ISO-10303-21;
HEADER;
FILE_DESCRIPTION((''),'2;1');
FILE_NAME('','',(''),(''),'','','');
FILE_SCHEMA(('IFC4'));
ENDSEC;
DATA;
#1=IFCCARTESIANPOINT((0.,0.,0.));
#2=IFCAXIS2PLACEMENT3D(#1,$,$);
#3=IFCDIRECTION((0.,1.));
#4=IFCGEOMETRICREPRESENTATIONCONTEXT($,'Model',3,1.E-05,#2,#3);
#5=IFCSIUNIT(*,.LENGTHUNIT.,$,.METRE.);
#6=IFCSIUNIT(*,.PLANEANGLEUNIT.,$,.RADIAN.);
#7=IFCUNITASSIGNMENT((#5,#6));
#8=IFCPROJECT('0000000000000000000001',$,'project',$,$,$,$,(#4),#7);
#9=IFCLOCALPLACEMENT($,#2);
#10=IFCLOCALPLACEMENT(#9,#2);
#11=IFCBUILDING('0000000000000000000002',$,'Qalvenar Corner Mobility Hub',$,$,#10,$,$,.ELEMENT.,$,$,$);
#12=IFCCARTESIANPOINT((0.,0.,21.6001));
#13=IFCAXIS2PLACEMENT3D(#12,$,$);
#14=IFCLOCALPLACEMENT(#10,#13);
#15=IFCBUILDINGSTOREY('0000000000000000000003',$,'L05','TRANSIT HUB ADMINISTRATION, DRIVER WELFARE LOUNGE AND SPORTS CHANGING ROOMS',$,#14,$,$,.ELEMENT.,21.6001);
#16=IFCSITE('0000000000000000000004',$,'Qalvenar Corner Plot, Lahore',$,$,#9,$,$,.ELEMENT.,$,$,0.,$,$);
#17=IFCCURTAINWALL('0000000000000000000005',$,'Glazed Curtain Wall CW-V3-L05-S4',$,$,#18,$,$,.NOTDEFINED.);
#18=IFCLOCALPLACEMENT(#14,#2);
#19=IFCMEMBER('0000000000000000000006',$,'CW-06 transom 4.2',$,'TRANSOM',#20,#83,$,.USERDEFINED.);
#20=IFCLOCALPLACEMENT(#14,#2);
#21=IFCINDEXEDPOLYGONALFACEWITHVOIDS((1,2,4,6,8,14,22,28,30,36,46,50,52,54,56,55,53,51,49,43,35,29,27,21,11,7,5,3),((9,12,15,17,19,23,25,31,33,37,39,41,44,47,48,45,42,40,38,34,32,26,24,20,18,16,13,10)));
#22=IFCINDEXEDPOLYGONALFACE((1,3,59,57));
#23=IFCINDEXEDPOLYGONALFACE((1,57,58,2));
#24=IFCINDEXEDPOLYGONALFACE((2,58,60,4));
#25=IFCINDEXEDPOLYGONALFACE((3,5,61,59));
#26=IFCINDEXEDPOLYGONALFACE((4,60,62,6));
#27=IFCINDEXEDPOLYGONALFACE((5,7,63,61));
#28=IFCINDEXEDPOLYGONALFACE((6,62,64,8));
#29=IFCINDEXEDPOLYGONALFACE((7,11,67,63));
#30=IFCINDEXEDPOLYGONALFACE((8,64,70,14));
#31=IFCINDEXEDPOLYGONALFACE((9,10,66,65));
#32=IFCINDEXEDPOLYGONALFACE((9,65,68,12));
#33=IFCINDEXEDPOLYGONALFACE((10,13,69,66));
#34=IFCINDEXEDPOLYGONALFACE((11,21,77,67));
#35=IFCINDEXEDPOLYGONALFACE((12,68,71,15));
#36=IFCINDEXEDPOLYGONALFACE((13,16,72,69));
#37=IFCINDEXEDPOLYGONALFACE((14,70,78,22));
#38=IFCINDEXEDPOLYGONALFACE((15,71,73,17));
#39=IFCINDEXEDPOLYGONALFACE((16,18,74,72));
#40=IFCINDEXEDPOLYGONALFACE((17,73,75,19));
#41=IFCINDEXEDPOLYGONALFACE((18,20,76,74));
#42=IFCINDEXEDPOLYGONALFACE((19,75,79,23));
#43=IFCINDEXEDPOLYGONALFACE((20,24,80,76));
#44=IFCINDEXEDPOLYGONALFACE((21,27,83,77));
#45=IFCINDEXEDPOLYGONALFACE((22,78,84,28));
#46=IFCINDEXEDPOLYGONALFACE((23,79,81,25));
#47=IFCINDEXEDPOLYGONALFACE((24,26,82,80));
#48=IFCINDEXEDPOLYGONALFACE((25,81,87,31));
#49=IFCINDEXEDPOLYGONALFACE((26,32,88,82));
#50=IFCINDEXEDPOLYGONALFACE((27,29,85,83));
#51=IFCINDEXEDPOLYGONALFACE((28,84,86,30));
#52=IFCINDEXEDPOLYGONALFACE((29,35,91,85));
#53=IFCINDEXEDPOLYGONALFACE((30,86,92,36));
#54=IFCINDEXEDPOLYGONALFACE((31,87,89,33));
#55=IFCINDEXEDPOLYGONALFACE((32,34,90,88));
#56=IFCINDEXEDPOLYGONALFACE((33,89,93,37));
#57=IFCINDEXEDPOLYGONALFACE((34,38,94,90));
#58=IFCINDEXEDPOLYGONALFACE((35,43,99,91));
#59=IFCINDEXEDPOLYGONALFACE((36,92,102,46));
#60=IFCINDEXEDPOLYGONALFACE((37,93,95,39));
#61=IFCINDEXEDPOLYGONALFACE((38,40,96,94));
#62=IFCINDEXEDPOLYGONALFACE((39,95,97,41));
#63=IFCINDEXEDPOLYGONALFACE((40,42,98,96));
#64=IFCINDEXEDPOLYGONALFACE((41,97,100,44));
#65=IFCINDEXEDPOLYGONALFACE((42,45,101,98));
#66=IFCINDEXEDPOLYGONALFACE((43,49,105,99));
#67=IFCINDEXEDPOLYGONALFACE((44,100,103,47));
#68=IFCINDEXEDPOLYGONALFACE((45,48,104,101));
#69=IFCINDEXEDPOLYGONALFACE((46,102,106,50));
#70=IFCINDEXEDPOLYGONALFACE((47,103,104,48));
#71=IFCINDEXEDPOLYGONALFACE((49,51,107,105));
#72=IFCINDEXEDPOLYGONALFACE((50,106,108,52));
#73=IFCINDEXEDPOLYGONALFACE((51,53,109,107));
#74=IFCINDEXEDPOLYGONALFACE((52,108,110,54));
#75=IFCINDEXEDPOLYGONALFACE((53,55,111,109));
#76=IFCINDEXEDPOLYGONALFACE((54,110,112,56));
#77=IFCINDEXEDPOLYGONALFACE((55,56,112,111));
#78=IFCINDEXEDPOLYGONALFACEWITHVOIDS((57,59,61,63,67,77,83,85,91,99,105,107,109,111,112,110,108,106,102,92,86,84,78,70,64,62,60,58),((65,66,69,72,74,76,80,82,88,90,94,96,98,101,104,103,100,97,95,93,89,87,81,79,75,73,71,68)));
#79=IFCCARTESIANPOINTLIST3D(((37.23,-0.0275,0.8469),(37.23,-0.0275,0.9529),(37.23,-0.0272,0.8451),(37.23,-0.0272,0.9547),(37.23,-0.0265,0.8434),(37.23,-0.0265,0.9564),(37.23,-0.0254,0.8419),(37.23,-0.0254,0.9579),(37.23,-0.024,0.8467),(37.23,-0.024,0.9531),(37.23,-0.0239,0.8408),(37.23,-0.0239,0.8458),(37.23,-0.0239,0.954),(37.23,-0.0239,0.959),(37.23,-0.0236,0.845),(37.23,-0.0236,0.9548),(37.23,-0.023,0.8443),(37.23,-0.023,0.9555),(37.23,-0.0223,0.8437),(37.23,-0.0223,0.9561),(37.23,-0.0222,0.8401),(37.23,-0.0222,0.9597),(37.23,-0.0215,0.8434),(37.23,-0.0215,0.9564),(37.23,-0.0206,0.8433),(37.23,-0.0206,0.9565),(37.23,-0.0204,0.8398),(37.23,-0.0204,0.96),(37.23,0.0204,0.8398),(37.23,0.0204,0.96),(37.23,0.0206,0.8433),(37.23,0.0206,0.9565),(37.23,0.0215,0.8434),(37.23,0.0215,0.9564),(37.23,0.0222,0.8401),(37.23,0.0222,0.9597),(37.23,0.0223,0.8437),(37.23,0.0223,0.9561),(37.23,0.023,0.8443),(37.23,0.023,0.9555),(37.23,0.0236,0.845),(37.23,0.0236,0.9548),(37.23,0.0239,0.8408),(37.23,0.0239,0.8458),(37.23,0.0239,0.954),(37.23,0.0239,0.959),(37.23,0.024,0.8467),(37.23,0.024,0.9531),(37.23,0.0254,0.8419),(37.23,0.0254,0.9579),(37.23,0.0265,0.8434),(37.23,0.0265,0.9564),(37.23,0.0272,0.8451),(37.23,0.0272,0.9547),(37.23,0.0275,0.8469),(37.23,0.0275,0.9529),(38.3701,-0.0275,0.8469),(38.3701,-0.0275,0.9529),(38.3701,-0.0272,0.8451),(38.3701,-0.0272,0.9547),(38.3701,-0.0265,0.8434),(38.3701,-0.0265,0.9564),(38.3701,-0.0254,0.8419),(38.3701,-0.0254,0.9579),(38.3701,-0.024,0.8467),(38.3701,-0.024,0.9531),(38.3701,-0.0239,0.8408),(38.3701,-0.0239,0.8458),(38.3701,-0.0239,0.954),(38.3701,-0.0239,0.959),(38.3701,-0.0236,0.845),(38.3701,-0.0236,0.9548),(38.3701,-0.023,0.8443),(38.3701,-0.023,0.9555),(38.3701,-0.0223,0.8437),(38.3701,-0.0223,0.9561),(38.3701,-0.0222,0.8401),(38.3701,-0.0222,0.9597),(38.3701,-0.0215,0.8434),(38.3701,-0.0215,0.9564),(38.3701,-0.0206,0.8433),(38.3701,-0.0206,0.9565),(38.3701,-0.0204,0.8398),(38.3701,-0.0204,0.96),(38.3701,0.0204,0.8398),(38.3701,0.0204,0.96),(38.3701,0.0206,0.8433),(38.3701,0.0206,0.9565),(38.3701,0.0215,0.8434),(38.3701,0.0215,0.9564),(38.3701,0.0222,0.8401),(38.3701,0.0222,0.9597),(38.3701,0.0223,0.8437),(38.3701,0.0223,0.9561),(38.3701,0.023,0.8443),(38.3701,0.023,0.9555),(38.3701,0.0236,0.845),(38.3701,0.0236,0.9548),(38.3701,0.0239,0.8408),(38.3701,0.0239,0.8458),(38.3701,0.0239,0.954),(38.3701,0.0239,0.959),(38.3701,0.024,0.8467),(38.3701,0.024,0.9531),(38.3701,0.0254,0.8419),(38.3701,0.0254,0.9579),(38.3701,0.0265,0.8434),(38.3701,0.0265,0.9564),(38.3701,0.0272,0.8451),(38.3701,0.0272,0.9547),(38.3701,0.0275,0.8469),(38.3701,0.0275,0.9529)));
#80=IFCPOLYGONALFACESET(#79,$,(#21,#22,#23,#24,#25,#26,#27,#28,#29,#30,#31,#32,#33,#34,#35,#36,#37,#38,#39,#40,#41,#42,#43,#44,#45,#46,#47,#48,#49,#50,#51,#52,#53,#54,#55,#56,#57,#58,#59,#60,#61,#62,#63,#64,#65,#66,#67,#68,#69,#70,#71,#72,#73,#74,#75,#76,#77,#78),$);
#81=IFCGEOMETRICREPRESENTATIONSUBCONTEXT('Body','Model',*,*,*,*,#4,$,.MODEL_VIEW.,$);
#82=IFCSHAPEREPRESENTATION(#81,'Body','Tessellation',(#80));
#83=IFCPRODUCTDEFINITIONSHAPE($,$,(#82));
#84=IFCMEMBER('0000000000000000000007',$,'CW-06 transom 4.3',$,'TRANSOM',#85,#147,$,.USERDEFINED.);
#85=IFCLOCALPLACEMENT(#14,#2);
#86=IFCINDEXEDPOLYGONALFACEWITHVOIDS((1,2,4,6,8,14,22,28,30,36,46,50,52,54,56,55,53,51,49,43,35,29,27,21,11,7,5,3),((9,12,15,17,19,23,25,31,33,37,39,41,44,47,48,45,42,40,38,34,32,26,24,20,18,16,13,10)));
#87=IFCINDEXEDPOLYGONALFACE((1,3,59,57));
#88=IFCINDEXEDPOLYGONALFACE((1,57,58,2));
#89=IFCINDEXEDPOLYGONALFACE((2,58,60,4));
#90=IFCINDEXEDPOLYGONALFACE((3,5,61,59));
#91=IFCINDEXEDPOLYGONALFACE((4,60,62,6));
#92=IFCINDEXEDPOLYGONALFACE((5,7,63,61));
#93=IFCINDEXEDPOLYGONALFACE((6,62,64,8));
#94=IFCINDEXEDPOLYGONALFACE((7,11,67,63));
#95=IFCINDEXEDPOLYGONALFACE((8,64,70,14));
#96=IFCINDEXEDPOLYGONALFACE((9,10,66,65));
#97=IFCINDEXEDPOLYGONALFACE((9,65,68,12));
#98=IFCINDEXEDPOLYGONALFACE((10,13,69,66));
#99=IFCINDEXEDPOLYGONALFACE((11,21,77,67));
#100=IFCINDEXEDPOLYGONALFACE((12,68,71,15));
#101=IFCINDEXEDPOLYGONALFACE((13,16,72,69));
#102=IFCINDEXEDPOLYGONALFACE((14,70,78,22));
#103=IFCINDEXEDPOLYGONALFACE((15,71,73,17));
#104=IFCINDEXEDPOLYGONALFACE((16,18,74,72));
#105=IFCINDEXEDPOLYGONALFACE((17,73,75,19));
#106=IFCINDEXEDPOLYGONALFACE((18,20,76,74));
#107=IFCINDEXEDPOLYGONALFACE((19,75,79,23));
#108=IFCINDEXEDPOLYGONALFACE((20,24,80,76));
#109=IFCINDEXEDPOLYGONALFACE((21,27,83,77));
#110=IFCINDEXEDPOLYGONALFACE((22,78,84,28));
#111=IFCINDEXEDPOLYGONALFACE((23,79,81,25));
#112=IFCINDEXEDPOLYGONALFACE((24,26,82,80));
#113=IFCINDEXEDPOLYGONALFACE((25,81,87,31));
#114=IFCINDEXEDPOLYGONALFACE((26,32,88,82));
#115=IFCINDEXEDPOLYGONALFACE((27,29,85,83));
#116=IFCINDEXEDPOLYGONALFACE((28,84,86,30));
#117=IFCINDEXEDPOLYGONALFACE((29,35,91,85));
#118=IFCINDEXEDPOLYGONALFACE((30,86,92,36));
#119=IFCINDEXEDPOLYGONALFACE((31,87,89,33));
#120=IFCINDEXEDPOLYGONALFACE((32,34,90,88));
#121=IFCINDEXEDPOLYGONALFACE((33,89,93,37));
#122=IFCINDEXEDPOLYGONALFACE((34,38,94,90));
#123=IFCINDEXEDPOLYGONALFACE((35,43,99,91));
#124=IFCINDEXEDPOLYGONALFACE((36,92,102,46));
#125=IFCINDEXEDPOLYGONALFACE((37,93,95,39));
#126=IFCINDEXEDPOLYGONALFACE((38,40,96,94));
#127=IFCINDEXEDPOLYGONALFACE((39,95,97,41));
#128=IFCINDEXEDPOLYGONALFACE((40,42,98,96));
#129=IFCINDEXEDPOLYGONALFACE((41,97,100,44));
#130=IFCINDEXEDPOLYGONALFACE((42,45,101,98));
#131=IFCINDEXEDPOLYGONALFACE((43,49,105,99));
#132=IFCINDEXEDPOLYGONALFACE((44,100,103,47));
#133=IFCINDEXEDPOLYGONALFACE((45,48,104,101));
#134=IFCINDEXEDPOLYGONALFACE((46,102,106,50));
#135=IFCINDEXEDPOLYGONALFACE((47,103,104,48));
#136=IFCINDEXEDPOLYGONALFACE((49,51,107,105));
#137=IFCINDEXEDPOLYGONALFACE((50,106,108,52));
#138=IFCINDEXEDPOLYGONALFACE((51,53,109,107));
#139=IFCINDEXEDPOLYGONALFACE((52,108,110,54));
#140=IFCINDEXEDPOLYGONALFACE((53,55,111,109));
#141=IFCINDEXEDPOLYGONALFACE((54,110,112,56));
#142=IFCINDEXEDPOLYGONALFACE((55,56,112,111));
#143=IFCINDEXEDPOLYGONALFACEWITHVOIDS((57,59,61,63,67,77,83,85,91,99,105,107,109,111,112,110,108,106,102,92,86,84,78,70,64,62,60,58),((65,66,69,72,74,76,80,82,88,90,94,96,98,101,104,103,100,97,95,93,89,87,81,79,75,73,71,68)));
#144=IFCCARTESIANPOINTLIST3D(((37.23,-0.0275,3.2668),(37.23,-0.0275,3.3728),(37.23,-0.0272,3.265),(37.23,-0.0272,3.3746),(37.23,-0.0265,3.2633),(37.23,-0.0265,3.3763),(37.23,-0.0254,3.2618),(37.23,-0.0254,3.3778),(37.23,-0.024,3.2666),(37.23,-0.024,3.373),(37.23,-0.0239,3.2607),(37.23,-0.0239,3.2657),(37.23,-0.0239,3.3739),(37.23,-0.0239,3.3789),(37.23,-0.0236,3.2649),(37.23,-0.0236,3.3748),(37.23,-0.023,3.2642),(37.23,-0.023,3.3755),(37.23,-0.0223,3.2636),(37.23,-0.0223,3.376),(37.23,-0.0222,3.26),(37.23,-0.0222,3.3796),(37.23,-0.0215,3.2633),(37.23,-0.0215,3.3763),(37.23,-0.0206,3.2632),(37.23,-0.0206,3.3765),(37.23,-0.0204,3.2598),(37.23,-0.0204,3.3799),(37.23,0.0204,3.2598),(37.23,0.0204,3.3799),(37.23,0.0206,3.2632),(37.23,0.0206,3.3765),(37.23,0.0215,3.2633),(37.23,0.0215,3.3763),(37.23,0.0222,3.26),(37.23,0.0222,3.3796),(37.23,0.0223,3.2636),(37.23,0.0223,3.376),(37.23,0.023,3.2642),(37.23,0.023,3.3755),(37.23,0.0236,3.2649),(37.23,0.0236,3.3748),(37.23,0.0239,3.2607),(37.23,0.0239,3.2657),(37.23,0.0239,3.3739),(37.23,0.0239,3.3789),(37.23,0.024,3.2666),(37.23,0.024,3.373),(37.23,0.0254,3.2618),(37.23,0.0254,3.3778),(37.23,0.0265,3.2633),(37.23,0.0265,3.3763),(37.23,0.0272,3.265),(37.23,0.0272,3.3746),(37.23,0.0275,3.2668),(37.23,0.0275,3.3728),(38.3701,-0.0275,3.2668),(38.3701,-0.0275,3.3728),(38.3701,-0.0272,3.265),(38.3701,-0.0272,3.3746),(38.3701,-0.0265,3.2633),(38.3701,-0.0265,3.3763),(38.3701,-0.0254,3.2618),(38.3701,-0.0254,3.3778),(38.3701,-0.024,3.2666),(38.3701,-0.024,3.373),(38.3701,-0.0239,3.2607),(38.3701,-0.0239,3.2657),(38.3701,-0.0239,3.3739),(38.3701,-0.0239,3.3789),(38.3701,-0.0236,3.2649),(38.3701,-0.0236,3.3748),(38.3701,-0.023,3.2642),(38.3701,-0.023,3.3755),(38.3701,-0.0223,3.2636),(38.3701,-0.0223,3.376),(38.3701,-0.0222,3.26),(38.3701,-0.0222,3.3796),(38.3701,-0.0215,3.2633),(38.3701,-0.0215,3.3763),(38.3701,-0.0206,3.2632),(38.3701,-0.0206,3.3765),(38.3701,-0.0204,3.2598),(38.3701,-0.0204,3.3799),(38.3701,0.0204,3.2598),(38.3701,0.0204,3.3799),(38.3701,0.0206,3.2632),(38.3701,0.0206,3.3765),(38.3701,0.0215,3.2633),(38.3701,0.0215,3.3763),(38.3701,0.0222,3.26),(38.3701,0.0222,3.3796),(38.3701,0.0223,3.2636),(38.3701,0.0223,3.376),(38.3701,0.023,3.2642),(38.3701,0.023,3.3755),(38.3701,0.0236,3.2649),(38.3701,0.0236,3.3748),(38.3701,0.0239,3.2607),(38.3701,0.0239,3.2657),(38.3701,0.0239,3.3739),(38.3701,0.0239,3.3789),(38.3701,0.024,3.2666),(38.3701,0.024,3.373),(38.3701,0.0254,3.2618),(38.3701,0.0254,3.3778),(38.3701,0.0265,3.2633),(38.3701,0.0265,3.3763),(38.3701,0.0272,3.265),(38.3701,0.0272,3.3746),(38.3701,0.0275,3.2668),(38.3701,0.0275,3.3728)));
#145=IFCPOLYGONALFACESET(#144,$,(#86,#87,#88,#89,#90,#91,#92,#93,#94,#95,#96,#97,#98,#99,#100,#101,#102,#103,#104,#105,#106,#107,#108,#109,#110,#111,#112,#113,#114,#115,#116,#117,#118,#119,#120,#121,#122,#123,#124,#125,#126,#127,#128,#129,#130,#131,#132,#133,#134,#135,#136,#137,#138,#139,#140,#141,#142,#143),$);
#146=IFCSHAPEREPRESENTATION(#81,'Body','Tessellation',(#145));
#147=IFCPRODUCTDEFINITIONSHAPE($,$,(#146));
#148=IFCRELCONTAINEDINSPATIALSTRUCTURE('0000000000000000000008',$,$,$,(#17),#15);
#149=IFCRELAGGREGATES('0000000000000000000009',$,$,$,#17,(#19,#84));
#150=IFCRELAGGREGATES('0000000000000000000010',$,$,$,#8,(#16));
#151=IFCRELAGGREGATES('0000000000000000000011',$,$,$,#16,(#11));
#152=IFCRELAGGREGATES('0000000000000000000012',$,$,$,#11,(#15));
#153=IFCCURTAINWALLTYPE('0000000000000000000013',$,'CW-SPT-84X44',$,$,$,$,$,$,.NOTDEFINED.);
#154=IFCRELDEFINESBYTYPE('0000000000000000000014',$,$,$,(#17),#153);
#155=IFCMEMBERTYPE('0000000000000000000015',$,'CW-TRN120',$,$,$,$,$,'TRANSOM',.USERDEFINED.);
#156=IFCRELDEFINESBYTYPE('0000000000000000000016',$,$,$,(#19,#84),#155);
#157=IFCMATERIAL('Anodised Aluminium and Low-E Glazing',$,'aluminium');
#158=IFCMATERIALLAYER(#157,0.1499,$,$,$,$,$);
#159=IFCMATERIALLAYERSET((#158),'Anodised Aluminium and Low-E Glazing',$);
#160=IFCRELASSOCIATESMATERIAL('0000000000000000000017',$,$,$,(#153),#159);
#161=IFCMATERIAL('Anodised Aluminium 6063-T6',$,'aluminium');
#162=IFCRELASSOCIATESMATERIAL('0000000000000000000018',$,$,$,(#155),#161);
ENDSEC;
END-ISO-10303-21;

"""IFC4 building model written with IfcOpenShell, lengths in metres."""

from ifc_helpers import new_model, si_unit, direction, frame, origin, origin_2d, place, context, subcontext, project, spatial, hollow_rectangle, extrude, material, layer, layer_set, material_profile, profile_set, type_object, element, aggregate, save


model = new_model("IFC4")

# Units and contexts
model_context = context("Model", 3, precision=1e-05, world=origin(), true_north=direction((0.0, 1.0)))
body_context = subcontext(model_context, "Body", "Model", "MODEL_VIEW")
ifc_project = project(units=[si_unit("LENGTHUNIT", "METRE"), si_unit("PLANEANGLEUNIT", "RADIAN")], contexts=[model_context])

# Site, building, storey
site_placement = place(None, origin())
site = spatial("IfcSite", under=ifc_project, at=site_placement, Name="Qalvenar Corner Plot, Lahore", CompositionType="ELEMENT", RefElevation=0.0)
building_placement = place(site_placement, origin())
building = spatial("IfcBuilding", under=site, at=building_placement, Name="Qalvenar Corner Mobility Hub", CompositionType="ELEMENT")
storey_placement = place(building_placement, frame((0.0, 0.0, 21.6001)))
storey = spatial("IfcBuildingStorey", under=building, at=storey_placement, Name="L05", Description="TRANSIT HUB ADMINISTRATION, DRIVER WELFARE LOUNGE AND SPORTS CHANGING ROOMS", CompositionType="ELEMENT", Elevation=21.6001)

# Curtain wall, members
ifc_material_1 = material(Name="Anodised Aluminium and Low-E Glazing", Category="aluminium")
ifc_layer_1 = layer(ifc_material_1, 0.1499)
ifc_layer_set_1 = layer_set([ifc_layer_1], Name="Anodised Aluminium and Low-E Glazing")
curtain_wall_type = type_object("IfcCurtainWallType", Name="CW-SPT-84X44", PredefinedType="NOTDEFINED", material=ifc_layer_set_1)
curtain_wall_placement = place(storey_placement, origin())
curtain_wall = element("IfcCurtainWall", 1, at=curtain_wall_placement, inside=storey, type_object=curtain_wall_type, Name="Glazed Curtain Wall CW-V3-L05-S4", PredefinedType="NOTDEFINED")
ifc_material_2 = material(Name="Anodised Aluminium 6063-T6", Category="aluminium")
ifc_material_profile_1 = material_profile(ifc_material_2, hollow_rectangle(XDim=0.0549, YDim=0.1201, WallThickness=0.0034, InnerFilletRadius=0.0034, OuterFilletRadius=0.0071, at=origin_2d()), Name="RHS120x55x3.5")
ifc_profile_set_1 = profile_set([ifc_material_profile_1], Name="Anodised Aluminium 6063-T6")
member_type_1 = type_object("IfcMemberType", Name="CW-TRN120", ElementType="TRANSOM", PredefinedType="USERDEFINED", material=ifc_profile_set_1)
member_1_placement = place(storey_placement, frame((37.23, 0.0, 0.8999), z_axis=(1.0, 0.0, 0.0), x_axis=(0.0, 1.0, 0.0)))
member_1 = element("IfcMember", 2, at=member_1_placement, type_object=member_type_1, Name="CW-06 transom 4.2", ObjectType="TRANSOM", PredefinedType="USERDEFINED", context=body_context, shape_type="SweptSolid", body=[
    extrude(hollow_rectangle(XDim=0.0549, YDim=0.1201, WallThickness=0.0034, InnerFilletRadius=0.0034, OuterFilletRadius=0.0071, at=origin_2d()), origin(), (0.0, 0.0, 1.0), 1.1401),
])
member_2_placement = place(storey_placement, frame((37.23, 0.0, 3.3198), z_axis=(1.0, 0.0, 0.0), x_axis=(0.0, 1.0, 0.0)))
member_2 = element("IfcMember", 3, at=member_2_placement, type_object=member_type_1, Name="CW-06 transom 4.3", ObjectType="TRANSOM", PredefinedType="USERDEFINED", context=body_context, shape_type="SweptSolid", body=[
    extrude(hollow_rectangle(XDim=0.0549, YDim=0.1201, WallThickness=0.0034, InnerFilletRadius=0.0034, OuterFilletRadius=0.0071, at=origin_2d()), origin(), (0.0, 0.0, 1.0), 1.1401),
])
aggregate(curtain_wall, [member_1, member_2])

save(model, "model.ifc")
